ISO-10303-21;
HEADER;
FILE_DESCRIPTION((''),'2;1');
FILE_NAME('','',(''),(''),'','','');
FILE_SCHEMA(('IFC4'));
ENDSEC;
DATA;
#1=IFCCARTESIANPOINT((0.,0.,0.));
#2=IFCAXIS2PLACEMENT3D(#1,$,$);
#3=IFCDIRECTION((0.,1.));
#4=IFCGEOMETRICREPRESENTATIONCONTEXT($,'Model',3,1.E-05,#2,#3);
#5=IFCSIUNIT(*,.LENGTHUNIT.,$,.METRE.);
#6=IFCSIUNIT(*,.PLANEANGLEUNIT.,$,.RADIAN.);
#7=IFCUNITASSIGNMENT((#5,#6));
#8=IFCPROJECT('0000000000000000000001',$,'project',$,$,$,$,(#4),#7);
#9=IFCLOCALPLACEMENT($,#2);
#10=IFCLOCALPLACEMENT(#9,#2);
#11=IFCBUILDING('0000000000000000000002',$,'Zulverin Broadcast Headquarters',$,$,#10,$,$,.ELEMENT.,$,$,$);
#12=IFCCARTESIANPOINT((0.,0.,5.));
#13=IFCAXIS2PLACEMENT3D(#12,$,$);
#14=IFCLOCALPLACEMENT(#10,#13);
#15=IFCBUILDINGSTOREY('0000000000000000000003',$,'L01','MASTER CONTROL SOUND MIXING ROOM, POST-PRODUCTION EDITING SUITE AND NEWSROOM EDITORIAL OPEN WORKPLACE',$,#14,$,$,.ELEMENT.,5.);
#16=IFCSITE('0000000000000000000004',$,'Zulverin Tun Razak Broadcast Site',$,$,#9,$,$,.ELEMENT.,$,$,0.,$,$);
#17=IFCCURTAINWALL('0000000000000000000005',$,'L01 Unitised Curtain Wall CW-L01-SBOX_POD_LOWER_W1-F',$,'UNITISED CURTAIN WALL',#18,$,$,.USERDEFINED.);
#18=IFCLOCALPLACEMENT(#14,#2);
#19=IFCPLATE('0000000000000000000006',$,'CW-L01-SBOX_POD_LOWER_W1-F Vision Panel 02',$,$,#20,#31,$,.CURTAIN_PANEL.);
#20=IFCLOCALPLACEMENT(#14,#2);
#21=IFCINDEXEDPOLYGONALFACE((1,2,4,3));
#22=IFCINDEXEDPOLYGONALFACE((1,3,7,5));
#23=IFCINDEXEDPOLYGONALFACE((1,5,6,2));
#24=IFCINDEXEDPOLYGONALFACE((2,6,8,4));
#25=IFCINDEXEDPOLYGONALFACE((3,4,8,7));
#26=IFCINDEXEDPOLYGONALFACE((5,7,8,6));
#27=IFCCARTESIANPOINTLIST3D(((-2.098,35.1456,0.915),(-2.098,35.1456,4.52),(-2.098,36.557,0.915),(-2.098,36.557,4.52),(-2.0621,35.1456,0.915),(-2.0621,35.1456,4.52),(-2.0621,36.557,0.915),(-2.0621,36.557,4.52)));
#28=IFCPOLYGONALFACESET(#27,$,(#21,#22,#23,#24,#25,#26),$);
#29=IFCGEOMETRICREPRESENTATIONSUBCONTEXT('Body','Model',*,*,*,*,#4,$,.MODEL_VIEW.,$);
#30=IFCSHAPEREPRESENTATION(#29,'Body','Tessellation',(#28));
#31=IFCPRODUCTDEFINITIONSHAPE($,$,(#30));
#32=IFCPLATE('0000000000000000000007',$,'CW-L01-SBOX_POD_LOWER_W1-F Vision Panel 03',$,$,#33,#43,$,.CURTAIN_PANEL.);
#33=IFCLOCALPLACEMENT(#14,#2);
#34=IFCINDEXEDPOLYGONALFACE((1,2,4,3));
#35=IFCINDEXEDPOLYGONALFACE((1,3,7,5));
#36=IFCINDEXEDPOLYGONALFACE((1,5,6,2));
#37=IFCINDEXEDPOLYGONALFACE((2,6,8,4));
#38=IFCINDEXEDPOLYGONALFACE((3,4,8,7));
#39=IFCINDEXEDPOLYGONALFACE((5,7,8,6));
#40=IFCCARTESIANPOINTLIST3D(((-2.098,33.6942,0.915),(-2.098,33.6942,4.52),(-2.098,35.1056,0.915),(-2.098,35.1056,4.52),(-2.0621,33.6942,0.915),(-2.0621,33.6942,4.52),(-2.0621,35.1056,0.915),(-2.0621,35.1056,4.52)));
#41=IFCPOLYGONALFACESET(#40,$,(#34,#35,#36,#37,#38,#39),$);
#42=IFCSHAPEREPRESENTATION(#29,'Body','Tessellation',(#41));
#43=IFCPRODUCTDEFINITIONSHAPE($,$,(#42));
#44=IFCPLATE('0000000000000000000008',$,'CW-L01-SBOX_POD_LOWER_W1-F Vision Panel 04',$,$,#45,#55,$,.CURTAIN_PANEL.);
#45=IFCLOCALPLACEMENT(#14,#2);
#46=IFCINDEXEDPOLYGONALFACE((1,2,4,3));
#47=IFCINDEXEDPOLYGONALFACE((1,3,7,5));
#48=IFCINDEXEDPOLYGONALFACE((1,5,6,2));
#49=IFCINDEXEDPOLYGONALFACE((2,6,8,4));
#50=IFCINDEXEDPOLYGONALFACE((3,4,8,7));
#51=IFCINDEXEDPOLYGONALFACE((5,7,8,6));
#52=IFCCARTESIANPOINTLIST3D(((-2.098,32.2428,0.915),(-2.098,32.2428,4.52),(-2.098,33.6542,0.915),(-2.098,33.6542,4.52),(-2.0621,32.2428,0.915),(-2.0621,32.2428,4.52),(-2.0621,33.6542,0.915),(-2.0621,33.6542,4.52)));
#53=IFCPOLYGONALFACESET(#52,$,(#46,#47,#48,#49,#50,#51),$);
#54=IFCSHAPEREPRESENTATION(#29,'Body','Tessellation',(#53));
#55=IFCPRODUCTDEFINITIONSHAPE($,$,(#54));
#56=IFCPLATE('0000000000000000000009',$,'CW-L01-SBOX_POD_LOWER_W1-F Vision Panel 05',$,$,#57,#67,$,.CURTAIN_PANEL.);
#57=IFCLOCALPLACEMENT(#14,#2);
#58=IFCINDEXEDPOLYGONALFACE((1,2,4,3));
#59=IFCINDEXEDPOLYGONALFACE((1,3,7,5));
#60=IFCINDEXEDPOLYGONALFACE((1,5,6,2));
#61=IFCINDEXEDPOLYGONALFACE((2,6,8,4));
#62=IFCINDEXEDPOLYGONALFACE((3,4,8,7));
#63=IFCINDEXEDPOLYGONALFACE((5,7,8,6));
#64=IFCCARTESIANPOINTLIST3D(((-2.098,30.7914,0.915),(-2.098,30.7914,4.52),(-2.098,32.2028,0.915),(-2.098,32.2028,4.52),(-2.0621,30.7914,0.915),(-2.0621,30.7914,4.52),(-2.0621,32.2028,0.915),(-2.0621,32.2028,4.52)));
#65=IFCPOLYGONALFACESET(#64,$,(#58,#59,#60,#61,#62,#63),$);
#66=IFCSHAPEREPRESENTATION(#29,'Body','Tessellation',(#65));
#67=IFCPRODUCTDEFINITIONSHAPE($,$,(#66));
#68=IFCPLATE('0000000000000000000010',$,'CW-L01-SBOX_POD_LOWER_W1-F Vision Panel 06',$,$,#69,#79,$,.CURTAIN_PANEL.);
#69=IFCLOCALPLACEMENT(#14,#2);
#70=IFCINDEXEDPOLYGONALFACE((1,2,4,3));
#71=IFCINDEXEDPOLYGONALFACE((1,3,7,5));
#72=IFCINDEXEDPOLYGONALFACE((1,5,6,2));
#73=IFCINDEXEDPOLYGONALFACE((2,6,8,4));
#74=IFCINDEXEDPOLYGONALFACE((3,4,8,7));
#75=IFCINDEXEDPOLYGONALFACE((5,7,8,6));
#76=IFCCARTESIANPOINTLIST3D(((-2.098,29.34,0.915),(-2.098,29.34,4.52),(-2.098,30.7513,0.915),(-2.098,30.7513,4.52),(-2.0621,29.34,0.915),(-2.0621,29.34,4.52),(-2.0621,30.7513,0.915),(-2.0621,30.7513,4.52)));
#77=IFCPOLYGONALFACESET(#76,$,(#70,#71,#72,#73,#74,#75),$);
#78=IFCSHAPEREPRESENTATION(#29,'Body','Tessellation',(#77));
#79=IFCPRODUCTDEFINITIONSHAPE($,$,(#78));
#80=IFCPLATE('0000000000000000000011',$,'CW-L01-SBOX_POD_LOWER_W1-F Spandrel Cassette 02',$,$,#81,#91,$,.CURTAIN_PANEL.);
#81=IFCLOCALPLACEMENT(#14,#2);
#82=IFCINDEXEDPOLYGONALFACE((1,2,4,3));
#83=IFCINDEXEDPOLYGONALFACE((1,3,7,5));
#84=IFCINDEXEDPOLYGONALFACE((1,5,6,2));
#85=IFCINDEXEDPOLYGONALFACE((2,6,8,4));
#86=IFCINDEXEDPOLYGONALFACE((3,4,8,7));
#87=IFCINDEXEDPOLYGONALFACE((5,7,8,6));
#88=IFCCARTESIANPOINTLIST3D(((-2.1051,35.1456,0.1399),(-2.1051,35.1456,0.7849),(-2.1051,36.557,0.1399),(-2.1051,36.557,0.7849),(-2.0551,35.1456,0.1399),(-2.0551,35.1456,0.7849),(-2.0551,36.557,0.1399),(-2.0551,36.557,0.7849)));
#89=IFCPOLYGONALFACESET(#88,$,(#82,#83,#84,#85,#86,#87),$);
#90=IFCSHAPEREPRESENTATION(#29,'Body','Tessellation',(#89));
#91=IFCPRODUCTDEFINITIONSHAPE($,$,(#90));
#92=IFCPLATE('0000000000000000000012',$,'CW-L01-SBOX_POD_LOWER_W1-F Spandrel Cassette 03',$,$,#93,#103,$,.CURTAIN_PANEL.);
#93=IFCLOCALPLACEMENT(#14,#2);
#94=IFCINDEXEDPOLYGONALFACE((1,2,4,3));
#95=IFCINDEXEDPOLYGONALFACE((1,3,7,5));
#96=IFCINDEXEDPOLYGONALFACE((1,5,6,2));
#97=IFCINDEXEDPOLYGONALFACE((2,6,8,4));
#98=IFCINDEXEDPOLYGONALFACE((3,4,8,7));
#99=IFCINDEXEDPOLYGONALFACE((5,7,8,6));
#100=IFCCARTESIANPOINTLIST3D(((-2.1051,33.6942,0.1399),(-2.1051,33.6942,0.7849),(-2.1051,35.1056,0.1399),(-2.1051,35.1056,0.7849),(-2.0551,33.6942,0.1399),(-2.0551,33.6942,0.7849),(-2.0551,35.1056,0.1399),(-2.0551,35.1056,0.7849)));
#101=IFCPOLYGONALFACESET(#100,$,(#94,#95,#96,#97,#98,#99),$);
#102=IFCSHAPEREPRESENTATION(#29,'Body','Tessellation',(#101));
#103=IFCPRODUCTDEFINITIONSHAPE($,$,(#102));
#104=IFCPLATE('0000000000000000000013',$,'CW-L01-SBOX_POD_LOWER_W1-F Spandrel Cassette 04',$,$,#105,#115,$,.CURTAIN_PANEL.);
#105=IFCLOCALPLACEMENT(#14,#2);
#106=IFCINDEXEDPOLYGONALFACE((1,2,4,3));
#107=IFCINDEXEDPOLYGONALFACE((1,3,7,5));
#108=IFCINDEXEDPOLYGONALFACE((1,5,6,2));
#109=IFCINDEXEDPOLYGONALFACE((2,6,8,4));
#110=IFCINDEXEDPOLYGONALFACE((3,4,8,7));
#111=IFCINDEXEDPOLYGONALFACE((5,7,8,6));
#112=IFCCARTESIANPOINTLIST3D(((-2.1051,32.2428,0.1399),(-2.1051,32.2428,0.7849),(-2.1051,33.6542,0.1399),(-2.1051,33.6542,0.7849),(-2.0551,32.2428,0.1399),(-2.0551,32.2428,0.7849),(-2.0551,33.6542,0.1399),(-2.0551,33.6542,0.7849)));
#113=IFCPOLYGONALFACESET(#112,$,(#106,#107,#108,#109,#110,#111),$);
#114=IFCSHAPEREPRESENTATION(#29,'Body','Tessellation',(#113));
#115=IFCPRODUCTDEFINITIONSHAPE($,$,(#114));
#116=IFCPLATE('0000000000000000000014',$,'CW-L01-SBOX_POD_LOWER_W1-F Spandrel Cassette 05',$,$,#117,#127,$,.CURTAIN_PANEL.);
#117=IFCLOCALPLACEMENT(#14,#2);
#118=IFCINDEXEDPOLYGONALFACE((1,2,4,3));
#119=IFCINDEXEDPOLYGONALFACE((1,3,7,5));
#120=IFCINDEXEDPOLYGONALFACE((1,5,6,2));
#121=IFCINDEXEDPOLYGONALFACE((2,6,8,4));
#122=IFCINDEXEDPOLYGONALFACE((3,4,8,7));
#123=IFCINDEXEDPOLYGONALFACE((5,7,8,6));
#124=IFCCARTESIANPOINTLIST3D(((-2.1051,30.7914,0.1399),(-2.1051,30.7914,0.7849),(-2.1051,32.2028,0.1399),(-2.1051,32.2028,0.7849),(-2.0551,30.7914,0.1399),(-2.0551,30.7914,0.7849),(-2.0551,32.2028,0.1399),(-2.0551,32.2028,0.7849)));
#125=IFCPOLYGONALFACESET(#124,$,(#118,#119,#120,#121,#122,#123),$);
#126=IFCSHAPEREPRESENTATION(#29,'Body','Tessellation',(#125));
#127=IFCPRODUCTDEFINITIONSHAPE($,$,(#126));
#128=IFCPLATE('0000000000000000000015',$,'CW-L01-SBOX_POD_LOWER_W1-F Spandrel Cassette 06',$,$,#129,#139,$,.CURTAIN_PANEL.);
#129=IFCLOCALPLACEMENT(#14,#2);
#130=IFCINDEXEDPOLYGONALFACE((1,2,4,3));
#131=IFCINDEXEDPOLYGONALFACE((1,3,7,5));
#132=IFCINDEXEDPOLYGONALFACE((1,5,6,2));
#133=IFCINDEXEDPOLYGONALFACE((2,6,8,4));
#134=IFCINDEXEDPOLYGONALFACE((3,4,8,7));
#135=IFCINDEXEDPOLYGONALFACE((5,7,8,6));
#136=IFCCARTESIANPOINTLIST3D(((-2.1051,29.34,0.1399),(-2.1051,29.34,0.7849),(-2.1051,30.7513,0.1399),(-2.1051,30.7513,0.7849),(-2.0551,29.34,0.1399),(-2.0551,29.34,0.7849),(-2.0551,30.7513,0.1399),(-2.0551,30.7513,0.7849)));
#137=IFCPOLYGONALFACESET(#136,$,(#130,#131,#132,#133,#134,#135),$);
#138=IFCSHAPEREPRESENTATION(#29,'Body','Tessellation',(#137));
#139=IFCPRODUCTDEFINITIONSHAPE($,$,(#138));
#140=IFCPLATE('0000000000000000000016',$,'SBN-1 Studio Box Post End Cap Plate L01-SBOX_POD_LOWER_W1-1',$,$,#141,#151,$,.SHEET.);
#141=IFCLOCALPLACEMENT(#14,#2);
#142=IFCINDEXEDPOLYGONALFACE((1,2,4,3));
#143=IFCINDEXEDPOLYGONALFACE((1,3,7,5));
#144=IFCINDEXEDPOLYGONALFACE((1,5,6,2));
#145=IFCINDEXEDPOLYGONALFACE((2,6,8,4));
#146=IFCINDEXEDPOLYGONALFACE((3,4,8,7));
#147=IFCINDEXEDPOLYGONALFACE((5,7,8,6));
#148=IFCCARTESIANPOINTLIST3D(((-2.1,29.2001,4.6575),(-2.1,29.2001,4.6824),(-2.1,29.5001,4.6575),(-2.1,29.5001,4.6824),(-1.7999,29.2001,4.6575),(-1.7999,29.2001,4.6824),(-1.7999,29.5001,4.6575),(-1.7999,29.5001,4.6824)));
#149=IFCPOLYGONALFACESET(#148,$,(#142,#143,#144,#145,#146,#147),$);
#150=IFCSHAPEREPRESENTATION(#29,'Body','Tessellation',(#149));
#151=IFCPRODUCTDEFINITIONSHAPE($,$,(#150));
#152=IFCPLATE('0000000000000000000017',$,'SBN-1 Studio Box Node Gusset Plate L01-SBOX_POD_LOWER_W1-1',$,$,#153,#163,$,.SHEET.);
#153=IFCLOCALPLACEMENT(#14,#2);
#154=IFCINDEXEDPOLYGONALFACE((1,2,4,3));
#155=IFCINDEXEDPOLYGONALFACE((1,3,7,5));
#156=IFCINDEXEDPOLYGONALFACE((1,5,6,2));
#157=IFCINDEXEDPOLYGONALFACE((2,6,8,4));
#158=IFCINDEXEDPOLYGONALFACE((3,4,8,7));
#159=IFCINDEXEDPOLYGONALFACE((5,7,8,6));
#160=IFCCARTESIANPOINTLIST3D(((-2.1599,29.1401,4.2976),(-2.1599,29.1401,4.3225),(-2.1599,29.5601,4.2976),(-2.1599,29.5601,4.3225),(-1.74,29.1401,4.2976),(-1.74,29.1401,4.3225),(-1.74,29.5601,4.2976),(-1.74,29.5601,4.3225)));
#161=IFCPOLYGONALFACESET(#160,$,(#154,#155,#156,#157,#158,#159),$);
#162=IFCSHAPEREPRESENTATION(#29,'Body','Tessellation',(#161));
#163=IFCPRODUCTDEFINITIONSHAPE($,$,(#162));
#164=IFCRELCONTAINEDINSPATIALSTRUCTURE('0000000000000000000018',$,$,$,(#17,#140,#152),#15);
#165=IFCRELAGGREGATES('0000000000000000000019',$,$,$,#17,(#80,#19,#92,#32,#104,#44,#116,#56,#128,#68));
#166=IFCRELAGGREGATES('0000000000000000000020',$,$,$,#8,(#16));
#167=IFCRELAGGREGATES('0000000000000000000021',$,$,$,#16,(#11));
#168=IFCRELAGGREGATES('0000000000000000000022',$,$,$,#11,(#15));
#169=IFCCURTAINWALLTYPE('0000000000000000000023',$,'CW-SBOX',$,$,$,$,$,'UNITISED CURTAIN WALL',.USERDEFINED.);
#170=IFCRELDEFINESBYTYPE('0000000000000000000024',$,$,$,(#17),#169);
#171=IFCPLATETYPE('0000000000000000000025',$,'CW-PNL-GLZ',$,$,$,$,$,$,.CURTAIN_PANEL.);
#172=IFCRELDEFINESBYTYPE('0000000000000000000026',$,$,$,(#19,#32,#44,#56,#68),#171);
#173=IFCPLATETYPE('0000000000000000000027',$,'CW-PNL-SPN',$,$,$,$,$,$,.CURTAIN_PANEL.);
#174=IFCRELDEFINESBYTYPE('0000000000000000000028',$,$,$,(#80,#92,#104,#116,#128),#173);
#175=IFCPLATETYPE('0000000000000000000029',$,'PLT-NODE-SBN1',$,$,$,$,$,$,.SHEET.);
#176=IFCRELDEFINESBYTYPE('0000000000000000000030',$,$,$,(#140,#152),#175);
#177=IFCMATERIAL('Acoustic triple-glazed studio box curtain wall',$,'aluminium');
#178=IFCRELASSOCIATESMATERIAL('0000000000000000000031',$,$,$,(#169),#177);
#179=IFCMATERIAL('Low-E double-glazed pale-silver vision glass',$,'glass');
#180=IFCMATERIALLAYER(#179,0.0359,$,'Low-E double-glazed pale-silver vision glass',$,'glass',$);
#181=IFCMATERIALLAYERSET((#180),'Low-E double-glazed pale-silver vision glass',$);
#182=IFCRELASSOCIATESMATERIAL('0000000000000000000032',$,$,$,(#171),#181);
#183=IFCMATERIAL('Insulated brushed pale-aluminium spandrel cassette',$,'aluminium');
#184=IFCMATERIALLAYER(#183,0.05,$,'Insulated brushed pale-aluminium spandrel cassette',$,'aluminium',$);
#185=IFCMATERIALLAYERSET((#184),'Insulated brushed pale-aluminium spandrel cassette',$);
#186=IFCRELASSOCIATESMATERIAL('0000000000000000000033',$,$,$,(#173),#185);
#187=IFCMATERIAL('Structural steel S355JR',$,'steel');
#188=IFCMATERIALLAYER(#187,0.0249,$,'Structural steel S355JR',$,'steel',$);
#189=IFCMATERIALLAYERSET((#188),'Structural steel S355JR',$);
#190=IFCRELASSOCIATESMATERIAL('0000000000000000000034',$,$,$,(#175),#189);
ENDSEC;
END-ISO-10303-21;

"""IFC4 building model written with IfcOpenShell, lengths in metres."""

from ifc_helpers import new_model, si_unit, direction, frame, origin, origin_2d, place, context, subcontext, project, spatial, rectangle, extrude, material, layer, layer_set, type_object, element, aggregate, save


model = new_model("IFC4")

# Units and contexts
model_context = context("Model", 3, precision=1e-05, world=origin(), true_north=direction((0.0, 1.0)))
body_context = subcontext(model_context, "Body", "Model", "MODEL_VIEW")
ifc_project = project(units=[si_unit("LENGTHUNIT", "METRE"), si_unit("PLANEANGLEUNIT", "RADIAN")], contexts=[model_context])

# Site, building, storey
site_placement = place(None, origin())
site = spatial("IfcSite", under=ifc_project, at=site_placement, Name="Zulverin Tun Razak Broadcast Site", CompositionType="ELEMENT", RefElevation=0.0)
building_placement = place(site_placement, origin())
building = spatial("IfcBuilding", under=site, at=building_placement, Name="Zulverin Broadcast Headquarters", CompositionType="ELEMENT")
storey_placement = place(building_placement, frame((0.0, 0.0, 5.0)))
storey = spatial("IfcBuildingStorey", under=building, at=storey_placement, Name="L01", Description="MASTER CONTROL SOUND MIXING ROOM, POST-PRODUCTION EDITING SUITE AND NEWSROOM EDITORIAL OPEN WORKPLACE", CompositionType="ELEMENT", Elevation=5.0)

# Shared definitions
ifc_material_1 = material(Name="Structural steel S355JR", Category="steel")

# Curtain wall
ifc_material_2 = material(Name="Acoustic triple-glazed studio box curtain wall", Category="aluminium")
curtain_wall_type = type_object("IfcCurtainWallType", Name="CW-SBOX", ElementType="UNITISED CURTAIN WALL", PredefinedType="USERDEFINED", material=ifc_material_2)
curtain_wall_placement = place(storey_placement, origin())
curtain_wall = element("IfcCurtainWall", 1, at=curtain_wall_placement, inside=storey, type_object=curtain_wall_type, Name="L01 Unitised Curtain Wall CW-L01-SBOX_POD_LOWER_W1-F", ObjectType="UNITISED CURTAIN WALL", PredefinedType="USERDEFINED")

# Plates
ifc_material_3 = material(Name="Low-E double-glazed pale-silver vision glass", Category="glass")
ifc_layer_1 = layer(ifc_material_3, 0.0359, Name="Low-E double-glazed pale-silver vision glass", Category="glass")
ifc_layer_set_1 = layer_set([ifc_layer_1], Name="Low-E double-glazed pale-silver vision glass")
plate_type_1 = type_object("IfcPlateType", Name="CW-PNL-GLZ", PredefinedType="CURTAIN_PANEL", material=ifc_layer_set_1)
plate_1_placement = place(storey_placement, frame((-2.0801, 35.8513, 0.915), z_axis=(0.0, 0.0, 1.0), x_axis=(0.0, -1.0, 0.0)))
plate_1 = element("IfcPlate", 2, at=plate_1_placement, type_object=plate_type_1, Name="CW-L01-SBOX_POD_LOWER_W1-F Vision Panel 02", PredefinedType="CURTAIN_PANEL", context=body_context, shape_type="SweptSolid", body=[
    extrude(rectangle(XDim=1.4114, YDim=0.0359, at=origin_2d()), origin(), (0.0, 0.0, 1.0), 3.605),
])
plate_2_placement = place(storey_placement, frame((-2.0801, 34.3999, 0.915), z_axis=(0.0, 0.0, 1.0), x_axis=(0.0, -1.0, 0.0)))
plate_2 = element("IfcPlate", 3, at=plate_2_placement, type_object=plate_type_1, Name="CW-L01-SBOX_POD_LOWER_W1-F Vision Panel 03", PredefinedType="CURTAIN_PANEL", context=body_context, shape_type="SweptSolid", body=[
    extrude(rectangle(XDim=1.4114, YDim=0.0359, at=origin_2d()), origin(), (0.0, 0.0, 1.0), 3.605),
])
plate_3_placement = place(storey_placement, frame((-2.0801, 32.9485, 0.915), z_axis=(0.0, 0.0, 1.0), x_axis=(0.0, -1.0, 0.0)))
plate_3 = element("IfcPlate", 4, at=plate_3_placement, type_object=plate_type_1, Name="CW-L01-SBOX_POD_LOWER_W1-F Vision Panel 04", PredefinedType="CURTAIN_PANEL", context=body_context, shape_type="SweptSolid", body=[
    extrude(rectangle(XDim=1.4114, YDim=0.0359, at=origin_2d()), origin(), (0.0, 0.0, 1.0), 3.605),
])
plate_4_placement = place(storey_placement, frame((-2.0801, 31.4971, 0.915), z_axis=(0.0, 0.0, 1.0), x_axis=(0.0, -1.0, 0.0)))
plate_4 = element("IfcPlate", 5, at=plate_4_placement, type_object=plate_type_1, Name="CW-L01-SBOX_POD_LOWER_W1-F Vision Panel 05", PredefinedType="CURTAIN_PANEL", context=body_context, shape_type="SweptSolid", body=[
    extrude(rectangle(XDim=1.4114, YDim=0.0359, at=origin_2d()), origin(), (0.0, 0.0, 1.0), 3.605),
])
plate_5_placement = place(storey_placement, frame((-2.0801, 30.0457, 0.915), z_axis=(0.0, 0.0, 1.0), x_axis=(0.0, -1.0, 0.0)))
plate_5 = element("IfcPlate", 6, at=plate_5_placement, type_object=plate_type_1, Name="CW-L01-SBOX_POD_LOWER_W1-F Vision Panel 06", PredefinedType="CURTAIN_PANEL", context=body_context, shape_type="SweptSolid", body=[
    extrude(rectangle(XDim=1.4114, YDim=0.0359, at=origin_2d()), origin(), (0.0, 0.0, 1.0), 3.605),
])
ifc_material_4 = material(Name="Insulated brushed pale-aluminium spandrel cassette", Category="aluminium")
ifc_layer_2 = layer(ifc_material_4, 0.05, Name="Insulated brushed pale-aluminium spandrel cassette", Category="aluminium")
ifc_layer_set_2 = layer_set([ifc_layer_2], Name="Insulated brushed pale-aluminium spandrel cassette")
plate_type_2 = type_object("IfcPlateType", Name="CW-PNL-SPN", PredefinedType="CURTAIN_PANEL", material=ifc_layer_set_2)
plate_6_placement = place(storey_placement, frame((-2.0801, 35.8513, 0.1399), z_axis=(0.0, 0.0, 1.0), x_axis=(0.0, -1.0, 0.0)))
plate_6 = element("IfcPlate", 7, at=plate_6_placement, type_object=plate_type_2, Name="CW-L01-SBOX_POD_LOWER_W1-F Spandrel Cassette 02", PredefinedType="CURTAIN_PANEL", context=body_context, shape_type="SweptSolid", body=[
    extrude(rectangle(XDim=1.4114, YDim=0.05, at=origin_2d()), origin(), (0.0, 0.0, 1.0), 0.645),
])
plate_7_placement = place(storey_placement, frame((-2.0801, 34.3999, 0.1399), z_axis=(0.0, 0.0, 1.0), x_axis=(0.0, -1.0, 0.0)))
plate_7 = element("IfcPlate", 8, at=plate_7_placement, type_object=plate_type_2, Name="CW-L01-SBOX_POD_LOWER_W1-F Spandrel Cassette 03", PredefinedType="CURTAIN_PANEL", context=body_context, shape_type="SweptSolid", body=[
    extrude(rectangle(XDim=1.4114, YDim=0.05, at=origin_2d()), origin(), (0.0, 0.0, 1.0), 0.645),
])
plate_8_placement = place(storey_placement, frame((-2.0801, 32.9485, 0.1399), z_axis=(0.0, 0.0, 1.0), x_axis=(0.0, -1.0, 0.0)))
plate_8 = element("IfcPlate", 9, at=plate_8_placement, type_object=plate_type_2, Name="CW-L01-SBOX_POD_LOWER_W1-F Spandrel Cassette 04", PredefinedType="CURTAIN_PANEL", context=body_context, shape_type="SweptSolid", body=[
    extrude(rectangle(XDim=1.4114, YDim=0.05, at=origin_2d()), origin(), (0.0, 0.0, 1.0), 0.645),
])
plate_9_placement = place(storey_placement, frame((-2.0801, 31.4971, 0.1399), z_axis=(0.0, 0.0, 1.0), x_axis=(0.0, -1.0, 0.0)))
plate_9 = element("IfcPlate", 10, at=plate_9_placement, type_object=plate_type_2, Name="CW-L01-SBOX_POD_LOWER_W1-F Spandrel Cassette 05", PredefinedType="CURTAIN_PANEL", context=body_context, shape_type="SweptSolid", body=[
    extrude(rectangle(XDim=1.4114, YDim=0.05, at=origin_2d()), origin(), (0.0, 0.0, 1.0), 0.645),
])
plate_10_placement = place(storey_placement, frame((-2.0801, 30.0457, 0.1399), z_axis=(0.0, 0.0, 1.0), x_axis=(0.0, -1.0, 0.0)))
plate_10 = element("IfcPlate", 11, at=plate_10_placement, type_object=plate_type_2, Name="CW-L01-SBOX_POD_LOWER_W1-F Spandrel Cassette 06", PredefinedType="CURTAIN_PANEL", context=body_context, shape_type="SweptSolid", body=[
    extrude(rectangle(XDim=1.4114, YDim=0.05, at=origin_2d()), origin(), (0.0, 0.0, 1.0), 0.645),
])
aggregate(curtain_wall, [plate_6, plate_1, plate_7, plate_2, plate_8, plate_3, plate_9, plate_4, plate_10, plate_5])

# Plates
ifc_layer_3 = layer(ifc_material_1, 0.0249, Name="Structural steel S355JR", Category="steel")
ifc_layer_set_3 = layer_set([ifc_layer_3], Name="Structural steel S355JR")
plate_type_3 = type_object("IfcPlateType", Name="PLT-NODE-SBN1", PredefinedType="SHEET", material=ifc_layer_set_3)
plate_11_placement = place(storey_placement, frame((-1.95, 29.3501, 4.6575), z_axis=(0.0, 0.0, 1.0), x_axis=(1.0, 0.0, 0.0)))
element("IfcPlate", 12, at=plate_11_placement, inside=storey, type_object=plate_type_3, Name="SBN-1 Studio Box Post End Cap Plate L01-SBOX_POD_LOWER_W1-1", PredefinedType="SHEET", context=body_context, shape_type="SweptSolid", body=[
    extrude(rectangle(XDim=0.3, YDim=0.3, at=origin_2d()), origin(), (0.0, 0.0, 1.0), 0.0249),
])
plate_12_placement = place(storey_placement, frame((-1.95, 29.3501, 4.2976), z_axis=(0.0, 0.0, 1.0), x_axis=(1.0, 0.0, 0.0)))
element("IfcPlate", 13, at=plate_12_placement, inside=storey, type_object=plate_type_3, Name="SBN-1 Studio Box Node Gusset Plate L01-SBOX_POD_LOWER_W1-1", PredefinedType="SHEET", context=body_context, shape_type="SweptSolid", body=[
    extrude(rectangle(XDim=0.4199, YDim=0.4199, at=origin_2d()), origin(), (0.0, 0.0, 1.0), 0.0249),
])

save(model, "model.ifc")
